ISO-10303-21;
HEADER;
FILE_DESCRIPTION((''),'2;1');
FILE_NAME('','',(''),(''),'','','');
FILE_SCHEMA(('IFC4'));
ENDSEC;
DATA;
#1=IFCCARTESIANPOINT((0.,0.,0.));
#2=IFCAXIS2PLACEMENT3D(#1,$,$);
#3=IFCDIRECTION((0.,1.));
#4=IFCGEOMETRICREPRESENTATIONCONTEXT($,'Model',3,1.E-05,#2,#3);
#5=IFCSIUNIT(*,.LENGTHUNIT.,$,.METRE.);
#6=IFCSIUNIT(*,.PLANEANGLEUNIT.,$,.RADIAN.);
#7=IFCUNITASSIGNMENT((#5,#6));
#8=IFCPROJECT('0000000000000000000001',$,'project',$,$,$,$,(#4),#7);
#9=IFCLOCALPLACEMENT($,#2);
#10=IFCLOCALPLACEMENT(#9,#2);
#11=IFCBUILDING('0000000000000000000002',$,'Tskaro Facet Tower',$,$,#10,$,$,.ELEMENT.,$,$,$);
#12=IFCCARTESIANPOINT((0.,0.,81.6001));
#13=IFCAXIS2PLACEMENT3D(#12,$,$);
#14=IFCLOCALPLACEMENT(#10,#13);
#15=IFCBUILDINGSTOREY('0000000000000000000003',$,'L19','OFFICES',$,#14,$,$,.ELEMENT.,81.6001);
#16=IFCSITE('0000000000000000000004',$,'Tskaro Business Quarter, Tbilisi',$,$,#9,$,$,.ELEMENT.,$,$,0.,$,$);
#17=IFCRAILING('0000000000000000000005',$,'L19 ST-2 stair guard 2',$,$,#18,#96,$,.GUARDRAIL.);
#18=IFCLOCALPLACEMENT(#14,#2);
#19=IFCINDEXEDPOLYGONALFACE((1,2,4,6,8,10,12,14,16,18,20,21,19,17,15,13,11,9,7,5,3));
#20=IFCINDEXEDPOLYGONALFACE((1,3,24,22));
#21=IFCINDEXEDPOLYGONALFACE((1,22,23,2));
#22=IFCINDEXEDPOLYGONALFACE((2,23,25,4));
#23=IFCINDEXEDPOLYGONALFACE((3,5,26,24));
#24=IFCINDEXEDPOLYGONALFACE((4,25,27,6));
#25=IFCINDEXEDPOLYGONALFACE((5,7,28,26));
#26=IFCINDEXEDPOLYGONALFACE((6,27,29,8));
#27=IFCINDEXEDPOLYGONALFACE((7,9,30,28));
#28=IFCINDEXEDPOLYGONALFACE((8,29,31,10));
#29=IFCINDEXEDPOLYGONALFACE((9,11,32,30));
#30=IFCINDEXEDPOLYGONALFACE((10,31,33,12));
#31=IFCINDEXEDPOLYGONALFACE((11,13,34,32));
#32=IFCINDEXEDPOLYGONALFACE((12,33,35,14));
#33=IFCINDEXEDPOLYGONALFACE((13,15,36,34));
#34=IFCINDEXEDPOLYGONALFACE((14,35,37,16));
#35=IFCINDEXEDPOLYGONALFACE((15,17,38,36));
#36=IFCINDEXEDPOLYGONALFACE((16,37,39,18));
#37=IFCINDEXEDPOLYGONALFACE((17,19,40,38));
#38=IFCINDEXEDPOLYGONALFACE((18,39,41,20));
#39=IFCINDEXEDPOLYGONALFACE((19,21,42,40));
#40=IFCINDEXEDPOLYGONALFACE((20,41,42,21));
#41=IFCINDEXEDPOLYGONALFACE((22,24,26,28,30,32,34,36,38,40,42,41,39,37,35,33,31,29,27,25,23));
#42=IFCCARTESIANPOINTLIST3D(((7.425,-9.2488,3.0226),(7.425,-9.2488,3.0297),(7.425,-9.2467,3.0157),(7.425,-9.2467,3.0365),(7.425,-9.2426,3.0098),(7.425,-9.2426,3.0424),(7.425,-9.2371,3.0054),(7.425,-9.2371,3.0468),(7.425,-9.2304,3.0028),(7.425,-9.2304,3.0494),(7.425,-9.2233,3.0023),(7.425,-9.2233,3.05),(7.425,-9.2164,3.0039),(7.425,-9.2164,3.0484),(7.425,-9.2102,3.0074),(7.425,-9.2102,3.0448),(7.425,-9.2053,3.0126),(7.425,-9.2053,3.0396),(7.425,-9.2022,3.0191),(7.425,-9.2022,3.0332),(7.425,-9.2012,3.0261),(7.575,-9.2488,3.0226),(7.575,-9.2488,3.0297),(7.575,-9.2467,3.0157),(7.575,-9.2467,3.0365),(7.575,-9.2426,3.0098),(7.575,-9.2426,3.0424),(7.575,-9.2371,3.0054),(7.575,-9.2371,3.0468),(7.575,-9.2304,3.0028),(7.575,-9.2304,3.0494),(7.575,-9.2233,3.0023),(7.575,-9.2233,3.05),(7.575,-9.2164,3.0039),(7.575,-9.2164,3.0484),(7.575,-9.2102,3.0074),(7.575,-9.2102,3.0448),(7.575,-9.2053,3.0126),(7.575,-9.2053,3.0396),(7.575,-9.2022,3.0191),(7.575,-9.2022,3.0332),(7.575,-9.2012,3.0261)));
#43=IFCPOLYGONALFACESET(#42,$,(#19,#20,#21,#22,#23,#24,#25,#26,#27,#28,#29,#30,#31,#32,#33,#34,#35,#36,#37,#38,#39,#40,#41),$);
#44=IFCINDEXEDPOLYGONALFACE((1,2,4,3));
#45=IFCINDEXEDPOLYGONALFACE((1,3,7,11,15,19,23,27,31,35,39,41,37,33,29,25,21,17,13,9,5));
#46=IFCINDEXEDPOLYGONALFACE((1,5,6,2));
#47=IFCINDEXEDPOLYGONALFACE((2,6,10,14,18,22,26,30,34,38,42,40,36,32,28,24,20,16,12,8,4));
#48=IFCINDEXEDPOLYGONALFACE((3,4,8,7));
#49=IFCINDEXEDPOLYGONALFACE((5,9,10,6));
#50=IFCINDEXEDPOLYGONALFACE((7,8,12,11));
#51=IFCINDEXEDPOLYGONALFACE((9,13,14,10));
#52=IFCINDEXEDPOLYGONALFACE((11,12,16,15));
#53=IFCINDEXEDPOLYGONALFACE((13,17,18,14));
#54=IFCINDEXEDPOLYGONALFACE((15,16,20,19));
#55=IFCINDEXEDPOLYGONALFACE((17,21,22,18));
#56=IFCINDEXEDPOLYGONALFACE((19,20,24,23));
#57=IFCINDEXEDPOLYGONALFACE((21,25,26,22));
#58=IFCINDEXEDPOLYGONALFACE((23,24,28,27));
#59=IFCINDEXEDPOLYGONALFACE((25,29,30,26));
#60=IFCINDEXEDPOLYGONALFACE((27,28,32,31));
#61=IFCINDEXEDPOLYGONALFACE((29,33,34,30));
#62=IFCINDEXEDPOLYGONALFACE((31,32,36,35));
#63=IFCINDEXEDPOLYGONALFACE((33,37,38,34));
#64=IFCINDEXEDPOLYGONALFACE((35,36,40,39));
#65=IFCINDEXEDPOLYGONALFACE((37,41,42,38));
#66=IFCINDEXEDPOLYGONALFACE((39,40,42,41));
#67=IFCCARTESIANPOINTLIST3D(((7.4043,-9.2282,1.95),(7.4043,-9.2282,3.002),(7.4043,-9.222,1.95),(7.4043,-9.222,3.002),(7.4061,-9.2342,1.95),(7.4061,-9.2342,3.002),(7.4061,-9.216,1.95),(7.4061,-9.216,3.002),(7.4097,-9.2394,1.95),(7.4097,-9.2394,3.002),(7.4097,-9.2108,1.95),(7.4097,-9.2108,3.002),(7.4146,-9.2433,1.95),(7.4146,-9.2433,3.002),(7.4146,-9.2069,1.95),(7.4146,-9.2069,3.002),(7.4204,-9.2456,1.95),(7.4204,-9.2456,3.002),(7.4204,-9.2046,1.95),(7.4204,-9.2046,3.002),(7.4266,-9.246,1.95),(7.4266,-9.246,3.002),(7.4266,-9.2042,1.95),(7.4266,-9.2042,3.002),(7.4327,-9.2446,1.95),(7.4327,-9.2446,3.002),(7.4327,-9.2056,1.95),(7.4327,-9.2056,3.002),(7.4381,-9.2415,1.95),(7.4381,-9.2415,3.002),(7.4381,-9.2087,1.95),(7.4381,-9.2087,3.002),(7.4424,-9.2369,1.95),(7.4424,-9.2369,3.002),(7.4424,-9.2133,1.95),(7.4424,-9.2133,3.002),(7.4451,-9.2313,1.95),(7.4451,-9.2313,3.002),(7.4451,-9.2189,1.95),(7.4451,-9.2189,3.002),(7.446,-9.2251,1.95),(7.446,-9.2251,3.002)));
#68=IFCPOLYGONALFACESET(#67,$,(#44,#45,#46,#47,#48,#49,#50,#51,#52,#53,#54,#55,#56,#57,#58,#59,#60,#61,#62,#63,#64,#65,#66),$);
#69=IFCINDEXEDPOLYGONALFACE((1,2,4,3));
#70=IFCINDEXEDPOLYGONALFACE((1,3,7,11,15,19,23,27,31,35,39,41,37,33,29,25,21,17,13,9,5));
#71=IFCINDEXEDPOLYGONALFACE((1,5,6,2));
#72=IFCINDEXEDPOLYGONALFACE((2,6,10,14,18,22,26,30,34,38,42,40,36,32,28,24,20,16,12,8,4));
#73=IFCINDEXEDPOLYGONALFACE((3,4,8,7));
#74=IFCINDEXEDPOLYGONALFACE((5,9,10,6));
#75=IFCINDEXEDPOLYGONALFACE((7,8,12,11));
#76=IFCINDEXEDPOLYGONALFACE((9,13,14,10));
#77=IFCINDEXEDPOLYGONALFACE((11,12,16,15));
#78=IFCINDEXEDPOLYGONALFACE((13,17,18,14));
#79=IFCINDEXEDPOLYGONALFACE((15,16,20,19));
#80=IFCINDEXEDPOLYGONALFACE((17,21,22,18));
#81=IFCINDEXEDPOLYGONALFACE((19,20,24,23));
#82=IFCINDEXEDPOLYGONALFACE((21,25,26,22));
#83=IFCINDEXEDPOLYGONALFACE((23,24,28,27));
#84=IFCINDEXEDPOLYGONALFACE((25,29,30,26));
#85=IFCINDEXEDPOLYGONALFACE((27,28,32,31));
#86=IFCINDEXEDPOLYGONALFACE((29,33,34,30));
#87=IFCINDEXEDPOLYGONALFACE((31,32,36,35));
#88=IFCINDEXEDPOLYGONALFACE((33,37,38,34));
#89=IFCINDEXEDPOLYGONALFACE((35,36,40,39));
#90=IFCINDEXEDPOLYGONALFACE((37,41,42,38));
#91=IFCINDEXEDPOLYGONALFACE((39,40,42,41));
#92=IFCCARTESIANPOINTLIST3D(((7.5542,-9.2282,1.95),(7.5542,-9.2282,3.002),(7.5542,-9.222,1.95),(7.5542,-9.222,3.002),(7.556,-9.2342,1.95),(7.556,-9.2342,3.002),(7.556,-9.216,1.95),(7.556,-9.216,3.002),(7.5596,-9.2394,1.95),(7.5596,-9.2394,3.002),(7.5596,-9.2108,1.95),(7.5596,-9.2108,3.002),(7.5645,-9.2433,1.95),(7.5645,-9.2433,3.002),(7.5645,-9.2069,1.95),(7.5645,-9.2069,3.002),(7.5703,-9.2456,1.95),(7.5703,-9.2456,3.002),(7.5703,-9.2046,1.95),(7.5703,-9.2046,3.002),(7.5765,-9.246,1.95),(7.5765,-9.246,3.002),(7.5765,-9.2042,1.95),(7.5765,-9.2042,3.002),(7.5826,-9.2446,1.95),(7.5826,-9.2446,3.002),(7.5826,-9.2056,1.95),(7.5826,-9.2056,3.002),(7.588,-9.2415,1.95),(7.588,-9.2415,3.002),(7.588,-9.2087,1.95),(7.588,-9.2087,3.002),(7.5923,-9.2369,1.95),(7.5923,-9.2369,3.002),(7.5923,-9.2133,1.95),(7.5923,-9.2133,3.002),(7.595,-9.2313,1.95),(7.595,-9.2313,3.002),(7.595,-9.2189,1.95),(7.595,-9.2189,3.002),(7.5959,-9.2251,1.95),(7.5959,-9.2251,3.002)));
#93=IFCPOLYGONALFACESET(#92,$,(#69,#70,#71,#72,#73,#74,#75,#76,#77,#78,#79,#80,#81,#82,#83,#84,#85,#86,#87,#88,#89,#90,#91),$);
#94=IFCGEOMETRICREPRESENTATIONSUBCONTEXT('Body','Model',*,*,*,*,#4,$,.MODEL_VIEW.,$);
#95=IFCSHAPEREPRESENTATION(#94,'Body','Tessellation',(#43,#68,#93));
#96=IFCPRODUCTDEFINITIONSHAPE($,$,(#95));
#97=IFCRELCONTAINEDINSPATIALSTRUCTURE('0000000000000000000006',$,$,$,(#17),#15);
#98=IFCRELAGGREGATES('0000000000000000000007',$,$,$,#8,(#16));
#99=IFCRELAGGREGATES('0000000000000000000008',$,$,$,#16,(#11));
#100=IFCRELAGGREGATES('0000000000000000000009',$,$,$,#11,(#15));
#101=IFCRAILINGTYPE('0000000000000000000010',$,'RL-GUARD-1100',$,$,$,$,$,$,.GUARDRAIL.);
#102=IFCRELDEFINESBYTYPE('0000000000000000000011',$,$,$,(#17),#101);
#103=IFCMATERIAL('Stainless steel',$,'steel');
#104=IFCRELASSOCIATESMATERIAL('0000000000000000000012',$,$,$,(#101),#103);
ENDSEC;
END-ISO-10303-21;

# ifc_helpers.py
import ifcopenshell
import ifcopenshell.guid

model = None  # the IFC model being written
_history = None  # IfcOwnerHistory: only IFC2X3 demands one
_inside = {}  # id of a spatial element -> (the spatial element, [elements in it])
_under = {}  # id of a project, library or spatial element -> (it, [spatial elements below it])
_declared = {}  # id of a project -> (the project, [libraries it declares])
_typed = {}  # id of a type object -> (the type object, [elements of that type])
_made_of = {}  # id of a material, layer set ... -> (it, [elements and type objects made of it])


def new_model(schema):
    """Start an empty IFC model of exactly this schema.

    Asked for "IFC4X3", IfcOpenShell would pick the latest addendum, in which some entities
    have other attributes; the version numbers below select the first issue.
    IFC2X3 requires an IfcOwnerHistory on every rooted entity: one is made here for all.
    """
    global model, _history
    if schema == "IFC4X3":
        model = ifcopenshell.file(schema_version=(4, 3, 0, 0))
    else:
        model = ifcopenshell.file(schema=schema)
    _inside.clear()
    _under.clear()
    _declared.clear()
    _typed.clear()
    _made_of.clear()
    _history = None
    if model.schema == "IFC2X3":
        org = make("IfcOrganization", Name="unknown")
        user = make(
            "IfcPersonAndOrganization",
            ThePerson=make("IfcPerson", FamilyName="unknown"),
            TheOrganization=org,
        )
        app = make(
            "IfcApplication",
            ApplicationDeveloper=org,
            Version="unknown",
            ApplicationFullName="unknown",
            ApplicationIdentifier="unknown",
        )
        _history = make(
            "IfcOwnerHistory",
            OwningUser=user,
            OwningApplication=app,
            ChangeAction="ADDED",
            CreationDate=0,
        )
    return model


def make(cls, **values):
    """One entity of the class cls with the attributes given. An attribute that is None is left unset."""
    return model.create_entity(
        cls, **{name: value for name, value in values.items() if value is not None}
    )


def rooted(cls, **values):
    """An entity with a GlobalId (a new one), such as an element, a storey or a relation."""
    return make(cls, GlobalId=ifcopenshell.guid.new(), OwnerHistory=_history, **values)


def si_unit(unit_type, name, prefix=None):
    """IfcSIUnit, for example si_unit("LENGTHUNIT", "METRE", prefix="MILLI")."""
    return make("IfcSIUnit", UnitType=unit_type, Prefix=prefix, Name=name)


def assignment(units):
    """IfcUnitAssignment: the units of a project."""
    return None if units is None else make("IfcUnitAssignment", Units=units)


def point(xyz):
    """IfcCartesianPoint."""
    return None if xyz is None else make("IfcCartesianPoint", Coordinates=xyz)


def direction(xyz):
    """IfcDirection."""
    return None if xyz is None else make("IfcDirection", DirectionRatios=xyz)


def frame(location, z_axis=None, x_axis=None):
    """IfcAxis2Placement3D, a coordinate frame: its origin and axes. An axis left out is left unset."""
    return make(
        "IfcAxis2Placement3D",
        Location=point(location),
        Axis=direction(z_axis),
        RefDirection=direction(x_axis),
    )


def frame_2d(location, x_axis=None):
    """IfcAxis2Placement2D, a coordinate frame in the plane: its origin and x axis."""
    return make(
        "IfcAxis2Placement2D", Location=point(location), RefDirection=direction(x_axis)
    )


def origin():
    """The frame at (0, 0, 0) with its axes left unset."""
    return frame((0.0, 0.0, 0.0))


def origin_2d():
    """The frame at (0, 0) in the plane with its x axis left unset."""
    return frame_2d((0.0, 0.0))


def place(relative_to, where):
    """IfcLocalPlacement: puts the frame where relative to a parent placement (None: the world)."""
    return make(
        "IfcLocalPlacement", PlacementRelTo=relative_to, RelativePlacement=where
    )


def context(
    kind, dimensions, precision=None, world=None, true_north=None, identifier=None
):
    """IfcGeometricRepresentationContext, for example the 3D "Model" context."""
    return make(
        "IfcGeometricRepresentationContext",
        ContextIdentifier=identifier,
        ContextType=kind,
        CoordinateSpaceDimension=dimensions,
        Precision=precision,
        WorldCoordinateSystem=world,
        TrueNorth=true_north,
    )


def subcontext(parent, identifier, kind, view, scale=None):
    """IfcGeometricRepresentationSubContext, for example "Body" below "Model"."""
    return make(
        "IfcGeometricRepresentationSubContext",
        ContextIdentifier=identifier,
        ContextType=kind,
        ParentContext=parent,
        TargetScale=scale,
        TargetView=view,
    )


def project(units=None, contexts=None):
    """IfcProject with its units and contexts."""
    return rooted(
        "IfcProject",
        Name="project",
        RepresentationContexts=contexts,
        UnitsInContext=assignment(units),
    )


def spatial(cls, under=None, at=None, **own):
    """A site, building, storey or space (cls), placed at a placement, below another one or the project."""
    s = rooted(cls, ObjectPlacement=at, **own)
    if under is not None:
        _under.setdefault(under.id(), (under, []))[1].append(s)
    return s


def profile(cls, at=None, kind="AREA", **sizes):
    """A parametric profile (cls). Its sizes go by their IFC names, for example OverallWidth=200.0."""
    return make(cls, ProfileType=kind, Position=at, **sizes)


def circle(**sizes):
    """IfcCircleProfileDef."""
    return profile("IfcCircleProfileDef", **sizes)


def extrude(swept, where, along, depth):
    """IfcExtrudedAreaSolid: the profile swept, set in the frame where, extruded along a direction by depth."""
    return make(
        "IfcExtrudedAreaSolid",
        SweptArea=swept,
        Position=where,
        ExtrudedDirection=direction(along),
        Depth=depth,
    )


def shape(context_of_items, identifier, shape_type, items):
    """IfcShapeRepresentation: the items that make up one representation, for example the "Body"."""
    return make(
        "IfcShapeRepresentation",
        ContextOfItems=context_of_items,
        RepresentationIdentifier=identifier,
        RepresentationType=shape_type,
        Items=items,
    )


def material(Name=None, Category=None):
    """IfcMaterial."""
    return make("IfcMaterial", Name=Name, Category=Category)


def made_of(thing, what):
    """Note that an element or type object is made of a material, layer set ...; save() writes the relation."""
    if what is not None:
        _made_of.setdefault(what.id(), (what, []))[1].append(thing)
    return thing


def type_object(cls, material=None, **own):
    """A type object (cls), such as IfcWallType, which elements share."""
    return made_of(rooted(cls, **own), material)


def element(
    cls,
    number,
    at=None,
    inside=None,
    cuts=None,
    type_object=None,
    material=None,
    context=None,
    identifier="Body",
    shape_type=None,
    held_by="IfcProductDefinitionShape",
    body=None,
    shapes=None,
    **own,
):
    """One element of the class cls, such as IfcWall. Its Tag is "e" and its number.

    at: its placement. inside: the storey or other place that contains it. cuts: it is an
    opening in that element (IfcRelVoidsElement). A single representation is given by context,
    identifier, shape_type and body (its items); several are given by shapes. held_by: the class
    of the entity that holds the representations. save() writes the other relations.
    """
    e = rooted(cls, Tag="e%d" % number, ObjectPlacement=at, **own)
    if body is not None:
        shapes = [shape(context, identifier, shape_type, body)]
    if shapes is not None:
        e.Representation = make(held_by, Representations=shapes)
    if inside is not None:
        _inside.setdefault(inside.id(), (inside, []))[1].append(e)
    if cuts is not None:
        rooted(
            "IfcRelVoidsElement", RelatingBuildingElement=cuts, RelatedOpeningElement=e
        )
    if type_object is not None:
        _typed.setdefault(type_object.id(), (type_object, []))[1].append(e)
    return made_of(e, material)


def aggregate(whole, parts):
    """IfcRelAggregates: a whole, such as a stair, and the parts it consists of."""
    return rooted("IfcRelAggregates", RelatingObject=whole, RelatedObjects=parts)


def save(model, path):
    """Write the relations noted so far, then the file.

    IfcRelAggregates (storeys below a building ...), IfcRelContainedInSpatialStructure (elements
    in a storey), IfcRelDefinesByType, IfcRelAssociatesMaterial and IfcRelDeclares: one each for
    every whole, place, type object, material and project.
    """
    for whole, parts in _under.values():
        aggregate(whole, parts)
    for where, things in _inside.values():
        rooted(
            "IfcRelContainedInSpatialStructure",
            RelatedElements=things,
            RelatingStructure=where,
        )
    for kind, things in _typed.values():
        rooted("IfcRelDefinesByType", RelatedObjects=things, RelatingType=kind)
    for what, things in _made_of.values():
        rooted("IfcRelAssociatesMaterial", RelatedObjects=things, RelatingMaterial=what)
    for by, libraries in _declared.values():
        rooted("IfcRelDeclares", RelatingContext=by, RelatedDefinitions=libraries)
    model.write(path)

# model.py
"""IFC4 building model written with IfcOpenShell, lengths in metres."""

from ifc_helpers import new_model, si_unit, direction, frame, origin, origin_2d, place, context, subcontext, project, spatial, circle, extrude, material, type_object, element, save


model = new_model("IFC4")

# Units and contexts
model_context = context("Model", 3, precision=1e-05, world=origin(), true_north=direction((0.0, 1.0)))
body_context = subcontext(model_context, "Body", "Model", "MODEL_VIEW")
ifc_project = project(units=[si_unit("LENGTHUNIT", "METRE"), si_unit("PLANEANGLEUNIT", "RADIAN")], contexts=[model_context])

# Site, building, storey
site_placement = place(None, origin())
site = spatial("IfcSite", under=ifc_project, at=site_placement, Name="Tskaro Business Quarter, Tbilisi", CompositionType="ELEMENT", RefElevation=0.0)
building_placement = place(site_placement, origin())
building = spatial("IfcBuilding", under=site, at=building_placement, Name="Tskaro Facet Tower", CompositionType="ELEMENT")
storey_placement = place(building_placement, frame((0.0, 0.0, 81.6001)))
storey = spatial("IfcBuildingStorey", under=building, at=storey_placement, Name="L19", Description="OFFICES", CompositionType="ELEMENT", Elevation=81.6001)

# Railing
ifc_material_1 = material(Name="Stainless steel", Category="steel")
railing_type_1 = type_object("IfcRailingType", Name="RL-GUARD-1100", PredefinedType="GUARDRAIL", material=ifc_material_1)
railing_1_placement = place(storey_placement, frame((7.425, -9.2251, 1.95)))
element("IfcRailing", 1, at=railing_1_placement, inside=storey, type_object=railing_type_1, Name="L19 ST-2 stair guard 2", PredefinedType="GUARDRAIL", context=body_context, shape_type="SweptSolid", body=[
    extrude(circle(Radius=0.0239, at=origin_2d()), frame((0.0, 0.0, 1.0762), z_axis=(1.0, 0.0, 0.0), x_axis=(0.0, 1.0, 0.0)), (0.0, 0.0, 1.0), 0.1499),
    extrude(circle(Radius=0.021, at=origin_2d()), origin(), (0.0, 0.0, 1.0), 1.052),
    extrude(circle(Radius=0.021, at=origin_2d()), frame((0.1499, 0.0, 0.0)), (0.0, 0.0, 1.0), 1.052),
])

save(model, "model.ifc")
